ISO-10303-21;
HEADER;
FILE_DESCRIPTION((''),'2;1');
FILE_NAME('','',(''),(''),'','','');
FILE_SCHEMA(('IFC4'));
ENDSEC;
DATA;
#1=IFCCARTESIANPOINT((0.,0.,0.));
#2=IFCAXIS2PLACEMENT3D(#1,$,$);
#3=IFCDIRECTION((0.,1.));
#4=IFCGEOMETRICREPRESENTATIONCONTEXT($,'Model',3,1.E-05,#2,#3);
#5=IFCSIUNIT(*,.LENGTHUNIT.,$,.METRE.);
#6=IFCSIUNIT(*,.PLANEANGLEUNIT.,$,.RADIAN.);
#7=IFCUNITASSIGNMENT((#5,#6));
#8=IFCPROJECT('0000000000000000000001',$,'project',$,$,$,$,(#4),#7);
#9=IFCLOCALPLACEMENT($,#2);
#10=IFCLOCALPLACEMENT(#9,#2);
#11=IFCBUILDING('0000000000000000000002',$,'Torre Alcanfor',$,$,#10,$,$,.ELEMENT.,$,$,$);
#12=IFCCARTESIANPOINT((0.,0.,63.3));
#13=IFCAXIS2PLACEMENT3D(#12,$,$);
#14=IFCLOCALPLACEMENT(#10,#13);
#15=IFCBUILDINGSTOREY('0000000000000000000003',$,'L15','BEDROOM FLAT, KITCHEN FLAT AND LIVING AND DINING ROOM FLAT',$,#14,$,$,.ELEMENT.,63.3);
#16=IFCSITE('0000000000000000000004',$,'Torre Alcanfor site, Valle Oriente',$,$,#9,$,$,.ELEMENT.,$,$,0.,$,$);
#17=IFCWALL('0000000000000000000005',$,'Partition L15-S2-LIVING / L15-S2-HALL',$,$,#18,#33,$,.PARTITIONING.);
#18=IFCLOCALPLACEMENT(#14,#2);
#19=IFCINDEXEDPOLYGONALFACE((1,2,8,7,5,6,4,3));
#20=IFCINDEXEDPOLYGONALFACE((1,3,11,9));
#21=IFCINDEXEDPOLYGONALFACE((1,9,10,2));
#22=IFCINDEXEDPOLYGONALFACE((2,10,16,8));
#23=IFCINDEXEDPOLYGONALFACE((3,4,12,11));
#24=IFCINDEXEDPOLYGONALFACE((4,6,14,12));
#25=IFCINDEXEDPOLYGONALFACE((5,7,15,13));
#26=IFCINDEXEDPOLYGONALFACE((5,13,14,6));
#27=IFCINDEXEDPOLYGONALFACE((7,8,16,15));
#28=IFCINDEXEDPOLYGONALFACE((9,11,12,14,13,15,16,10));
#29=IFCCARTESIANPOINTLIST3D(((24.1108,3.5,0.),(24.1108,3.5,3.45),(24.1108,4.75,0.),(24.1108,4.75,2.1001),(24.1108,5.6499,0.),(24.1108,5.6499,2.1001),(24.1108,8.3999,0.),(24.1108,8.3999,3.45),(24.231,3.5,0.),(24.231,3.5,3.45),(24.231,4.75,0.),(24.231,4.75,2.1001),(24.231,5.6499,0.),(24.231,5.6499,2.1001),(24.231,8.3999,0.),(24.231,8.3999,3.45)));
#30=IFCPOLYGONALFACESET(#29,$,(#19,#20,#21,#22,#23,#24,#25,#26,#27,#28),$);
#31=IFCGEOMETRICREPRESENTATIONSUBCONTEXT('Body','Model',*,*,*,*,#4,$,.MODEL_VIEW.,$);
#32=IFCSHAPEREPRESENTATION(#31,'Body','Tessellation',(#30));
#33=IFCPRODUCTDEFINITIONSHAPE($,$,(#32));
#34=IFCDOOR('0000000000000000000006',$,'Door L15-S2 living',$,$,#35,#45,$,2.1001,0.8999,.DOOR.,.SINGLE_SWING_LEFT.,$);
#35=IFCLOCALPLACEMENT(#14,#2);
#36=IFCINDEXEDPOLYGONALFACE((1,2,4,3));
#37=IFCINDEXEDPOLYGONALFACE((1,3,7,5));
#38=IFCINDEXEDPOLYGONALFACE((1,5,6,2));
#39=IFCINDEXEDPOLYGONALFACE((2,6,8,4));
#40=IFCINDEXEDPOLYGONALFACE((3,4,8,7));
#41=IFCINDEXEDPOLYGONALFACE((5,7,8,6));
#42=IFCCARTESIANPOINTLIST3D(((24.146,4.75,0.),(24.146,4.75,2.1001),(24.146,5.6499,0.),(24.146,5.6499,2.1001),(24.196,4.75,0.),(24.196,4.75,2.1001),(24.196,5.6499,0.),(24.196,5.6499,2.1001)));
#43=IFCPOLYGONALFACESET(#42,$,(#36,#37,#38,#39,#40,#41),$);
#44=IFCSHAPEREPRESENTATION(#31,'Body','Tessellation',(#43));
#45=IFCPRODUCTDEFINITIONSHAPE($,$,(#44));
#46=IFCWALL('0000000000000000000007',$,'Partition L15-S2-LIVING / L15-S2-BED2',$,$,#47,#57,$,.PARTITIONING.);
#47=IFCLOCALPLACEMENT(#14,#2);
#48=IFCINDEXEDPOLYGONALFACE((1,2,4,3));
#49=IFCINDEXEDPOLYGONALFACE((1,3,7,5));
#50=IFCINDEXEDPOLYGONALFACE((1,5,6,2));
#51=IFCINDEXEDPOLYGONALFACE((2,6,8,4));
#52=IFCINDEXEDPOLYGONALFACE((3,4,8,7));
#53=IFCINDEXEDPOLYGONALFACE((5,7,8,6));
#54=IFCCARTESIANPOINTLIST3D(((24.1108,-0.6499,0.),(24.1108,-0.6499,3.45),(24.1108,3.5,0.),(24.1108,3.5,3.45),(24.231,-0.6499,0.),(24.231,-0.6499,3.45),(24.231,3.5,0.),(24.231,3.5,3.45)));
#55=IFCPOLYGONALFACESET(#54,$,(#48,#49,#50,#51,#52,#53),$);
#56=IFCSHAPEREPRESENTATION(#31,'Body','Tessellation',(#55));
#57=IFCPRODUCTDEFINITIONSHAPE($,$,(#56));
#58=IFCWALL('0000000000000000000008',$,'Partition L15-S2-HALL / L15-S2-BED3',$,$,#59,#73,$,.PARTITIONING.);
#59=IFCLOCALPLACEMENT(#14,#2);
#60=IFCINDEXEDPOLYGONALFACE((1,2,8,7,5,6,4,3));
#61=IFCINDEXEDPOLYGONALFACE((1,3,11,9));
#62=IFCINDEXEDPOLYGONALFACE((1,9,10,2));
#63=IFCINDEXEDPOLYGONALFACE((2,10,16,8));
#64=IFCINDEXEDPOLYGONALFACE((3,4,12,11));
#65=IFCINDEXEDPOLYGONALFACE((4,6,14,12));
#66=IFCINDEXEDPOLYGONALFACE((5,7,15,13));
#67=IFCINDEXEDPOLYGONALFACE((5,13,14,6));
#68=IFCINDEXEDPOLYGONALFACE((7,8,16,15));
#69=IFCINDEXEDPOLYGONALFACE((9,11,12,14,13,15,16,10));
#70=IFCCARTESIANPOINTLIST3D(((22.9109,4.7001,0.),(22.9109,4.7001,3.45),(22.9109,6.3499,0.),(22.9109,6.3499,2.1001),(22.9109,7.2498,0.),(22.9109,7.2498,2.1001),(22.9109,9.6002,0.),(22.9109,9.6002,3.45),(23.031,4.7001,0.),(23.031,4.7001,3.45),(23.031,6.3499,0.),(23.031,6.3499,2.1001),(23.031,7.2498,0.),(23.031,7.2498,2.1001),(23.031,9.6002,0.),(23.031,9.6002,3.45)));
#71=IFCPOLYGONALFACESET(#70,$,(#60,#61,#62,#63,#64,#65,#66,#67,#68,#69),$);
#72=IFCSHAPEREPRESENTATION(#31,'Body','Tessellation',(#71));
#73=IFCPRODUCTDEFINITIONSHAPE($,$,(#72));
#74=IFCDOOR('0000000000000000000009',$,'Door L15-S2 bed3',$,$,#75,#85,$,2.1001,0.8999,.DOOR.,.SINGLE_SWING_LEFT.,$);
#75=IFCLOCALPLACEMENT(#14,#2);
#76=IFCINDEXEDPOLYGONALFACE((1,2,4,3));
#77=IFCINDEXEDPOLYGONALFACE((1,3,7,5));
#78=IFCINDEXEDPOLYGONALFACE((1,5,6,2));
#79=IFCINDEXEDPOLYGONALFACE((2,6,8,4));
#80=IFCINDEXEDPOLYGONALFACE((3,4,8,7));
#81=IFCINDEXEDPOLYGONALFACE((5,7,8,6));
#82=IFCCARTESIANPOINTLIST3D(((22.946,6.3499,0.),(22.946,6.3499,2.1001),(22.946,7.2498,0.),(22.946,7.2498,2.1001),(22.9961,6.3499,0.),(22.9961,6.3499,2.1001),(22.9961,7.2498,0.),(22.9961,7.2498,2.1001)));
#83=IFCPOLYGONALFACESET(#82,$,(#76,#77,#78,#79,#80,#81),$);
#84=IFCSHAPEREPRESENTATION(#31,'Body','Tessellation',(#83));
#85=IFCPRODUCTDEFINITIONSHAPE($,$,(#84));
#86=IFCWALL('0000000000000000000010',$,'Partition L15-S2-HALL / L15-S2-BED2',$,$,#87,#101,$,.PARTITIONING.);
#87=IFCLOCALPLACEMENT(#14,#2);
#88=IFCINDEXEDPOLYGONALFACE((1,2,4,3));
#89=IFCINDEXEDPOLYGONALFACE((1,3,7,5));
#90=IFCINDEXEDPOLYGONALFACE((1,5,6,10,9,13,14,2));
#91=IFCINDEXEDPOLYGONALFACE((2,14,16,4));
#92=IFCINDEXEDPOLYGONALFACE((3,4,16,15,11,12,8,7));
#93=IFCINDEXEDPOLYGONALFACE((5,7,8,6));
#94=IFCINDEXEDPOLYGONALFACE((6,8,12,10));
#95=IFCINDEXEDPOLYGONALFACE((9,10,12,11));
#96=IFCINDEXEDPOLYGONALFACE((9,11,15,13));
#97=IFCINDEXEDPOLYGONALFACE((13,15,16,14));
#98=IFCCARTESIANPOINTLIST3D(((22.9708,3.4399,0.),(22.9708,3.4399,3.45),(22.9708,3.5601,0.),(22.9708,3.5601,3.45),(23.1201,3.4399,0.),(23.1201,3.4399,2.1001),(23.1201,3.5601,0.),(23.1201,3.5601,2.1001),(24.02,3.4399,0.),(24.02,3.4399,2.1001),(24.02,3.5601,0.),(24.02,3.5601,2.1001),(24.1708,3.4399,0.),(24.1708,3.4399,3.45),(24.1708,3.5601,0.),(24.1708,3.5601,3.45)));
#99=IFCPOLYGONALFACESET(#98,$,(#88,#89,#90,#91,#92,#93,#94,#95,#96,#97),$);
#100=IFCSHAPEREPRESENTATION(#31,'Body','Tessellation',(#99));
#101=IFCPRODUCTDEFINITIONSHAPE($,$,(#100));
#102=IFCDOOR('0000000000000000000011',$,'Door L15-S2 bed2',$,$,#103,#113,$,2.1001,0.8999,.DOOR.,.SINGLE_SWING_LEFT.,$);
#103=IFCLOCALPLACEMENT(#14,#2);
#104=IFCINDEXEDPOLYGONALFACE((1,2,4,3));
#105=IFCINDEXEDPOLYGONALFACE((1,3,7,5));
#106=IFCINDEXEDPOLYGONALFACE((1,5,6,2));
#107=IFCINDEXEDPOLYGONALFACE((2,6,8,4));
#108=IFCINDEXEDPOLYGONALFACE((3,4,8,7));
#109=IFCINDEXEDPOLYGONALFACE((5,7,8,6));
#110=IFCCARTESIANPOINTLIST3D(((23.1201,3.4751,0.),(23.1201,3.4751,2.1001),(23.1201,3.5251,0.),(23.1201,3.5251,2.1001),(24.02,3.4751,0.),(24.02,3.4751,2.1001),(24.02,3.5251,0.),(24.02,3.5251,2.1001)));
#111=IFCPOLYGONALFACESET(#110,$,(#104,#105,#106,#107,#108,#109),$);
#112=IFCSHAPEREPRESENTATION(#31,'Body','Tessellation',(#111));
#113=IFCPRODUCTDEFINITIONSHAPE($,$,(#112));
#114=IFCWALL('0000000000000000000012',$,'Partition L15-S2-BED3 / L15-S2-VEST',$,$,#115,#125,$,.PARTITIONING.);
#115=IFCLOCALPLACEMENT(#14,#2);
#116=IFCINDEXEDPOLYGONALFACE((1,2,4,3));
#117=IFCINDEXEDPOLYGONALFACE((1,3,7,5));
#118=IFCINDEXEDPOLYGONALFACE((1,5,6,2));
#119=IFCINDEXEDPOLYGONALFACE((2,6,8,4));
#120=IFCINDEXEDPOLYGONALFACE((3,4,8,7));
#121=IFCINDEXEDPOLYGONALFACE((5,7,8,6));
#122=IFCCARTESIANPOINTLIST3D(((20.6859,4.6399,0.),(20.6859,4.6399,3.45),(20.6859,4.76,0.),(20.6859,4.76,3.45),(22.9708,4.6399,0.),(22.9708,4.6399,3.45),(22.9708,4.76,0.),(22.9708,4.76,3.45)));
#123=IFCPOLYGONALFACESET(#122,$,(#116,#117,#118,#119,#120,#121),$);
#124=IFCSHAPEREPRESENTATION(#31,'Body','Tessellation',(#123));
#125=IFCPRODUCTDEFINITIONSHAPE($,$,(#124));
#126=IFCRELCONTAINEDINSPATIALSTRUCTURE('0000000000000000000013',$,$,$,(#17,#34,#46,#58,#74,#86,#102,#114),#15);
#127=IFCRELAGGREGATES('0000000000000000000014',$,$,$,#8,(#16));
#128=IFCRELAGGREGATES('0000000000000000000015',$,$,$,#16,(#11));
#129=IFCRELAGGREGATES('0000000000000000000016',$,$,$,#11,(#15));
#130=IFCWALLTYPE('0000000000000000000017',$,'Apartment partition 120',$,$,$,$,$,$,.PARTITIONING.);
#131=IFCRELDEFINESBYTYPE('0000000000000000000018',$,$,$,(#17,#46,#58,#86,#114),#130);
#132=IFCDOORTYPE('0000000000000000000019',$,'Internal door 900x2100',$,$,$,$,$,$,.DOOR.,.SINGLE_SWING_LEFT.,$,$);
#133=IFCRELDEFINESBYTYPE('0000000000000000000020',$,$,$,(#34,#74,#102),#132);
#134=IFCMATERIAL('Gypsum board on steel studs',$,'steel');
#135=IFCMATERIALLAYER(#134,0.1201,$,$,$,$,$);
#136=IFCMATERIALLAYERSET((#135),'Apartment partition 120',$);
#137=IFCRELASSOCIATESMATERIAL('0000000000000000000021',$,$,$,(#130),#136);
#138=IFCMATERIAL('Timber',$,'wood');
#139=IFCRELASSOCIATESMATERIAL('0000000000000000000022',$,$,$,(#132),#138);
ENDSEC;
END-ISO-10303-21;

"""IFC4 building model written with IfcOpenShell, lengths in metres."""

from ifc_helpers import new_model, si_unit, direction, frame, frame_2d, origin, place, context, subcontext, project, spatial, rectangle, extrude, material, layer, layer_set, type_object, element, fill, save


model = new_model("IFC4")

# Units and contexts
model_context = context("Model", 3, precision=1e-05, world=origin(), true_north=direction((0.0, 1.0)))
body_context = subcontext(model_context, "Body", "Model", "MODEL_VIEW")
ifc_project = project(units=[si_unit("LENGTHUNIT", "METRE"), si_unit("PLANEANGLEUNIT", "RADIAN")], contexts=[model_context])

# Site, building, storey
site_placement = place(None, origin())
site = spatial("IfcSite", under=ifc_project, at=site_placement, Name="Torre Alcanfor site, Valle Oriente", CompositionType="ELEMENT", RefElevation=0.0)
building_placement = place(site_placement, origin())
building = spatial("IfcBuilding", under=site, at=building_placement, Name="Torre Alcanfor", CompositionType="ELEMENT")
storey_placement = place(building_placement, frame((0.0, 0.0, 63.3)))
storey = spatial("IfcBuildingStorey", under=building, at=storey_placement, Name="L15", Description="BEDROOM FLAT, KITCHEN FLAT AND LIVING AND DINING ROOM FLAT", CompositionType="ELEMENT", Elevation=63.3)

# Shared definitions
ifc_material_1 = material(Name="Gypsum board on steel studs", Category="steel")
ifc_layer_1 = layer(ifc_material_1, 0.1201)
ifc_layer_set_1 = layer_set([ifc_layer_1], Name="Apartment partition 120")
wall_type = type_object("IfcWallType", Name="Apartment partition 120", PredefinedType="PARTITIONING", material=ifc_layer_set_1)

# Wall, opening, door
wall_1_placement = place(storey_placement, frame((24.1709, 3.5, 0.0), z_axis=(0.0, 0.0, 1.0), x_axis=(0.0, 1.0, 0.0)))
wall_1 = element("IfcWall", 1, at=wall_1_placement, inside=storey, type_object=wall_type, Name="Partition L15-S2-LIVING / L15-S2-HALL", PredefinedType="PARTITIONING", context=body_context, shape_type="SweptSolid", body=[
    extrude(rectangle(XDim=4.8999, YDim=0.1201, at=frame_2d((2.45, 0.0))), origin(), (0.0, 0.0, 1.0), 3.45),
])
opening_1_placement = place(wall_1_placement, frame((1.25, 0.0, 0.0)))
opening_1 = element("IfcOpeningElement", 2, at=opening_1_placement, cuts=wall_1, PredefinedType="OPENING", context=body_context, shape_type="SweptSolid", body=[
    extrude(rectangle(XDim=0.8999, YDim=2.1001, at=frame_2d((0.45, 1.05))), frame((0.0, 0.0701, 0.0), z_axis=(0.0, -1.0, 0.0), x_axis=(1.0, 0.0, 0.0)), (0.0, 0.0, 1.0), 0.1401),
])
ifc_material_2 = material(Name="Timber", Category="wood")
door_type = type_object("IfcDoorType", Name="Internal door 900x2100", OperationType="SINGLE_SWING_LEFT", PredefinedType="DOOR", material=ifc_material_2)
door_1_placement = place(opening_1_placement, frame((0.8999, 0.0, 0.0), z_axis=(0.0, 0.0, 1.0), x_axis=(-1.0, 0.0, 0.0)))
door_1 = element("IfcDoor", 3, at=door_1_placement, inside=storey, type_object=door_type, Name="Door L15-S2 living", OperationType="SINGLE_SWING_LEFT", OverallHeight=2.1001, OverallWidth=0.8999, PredefinedType="DOOR", context=body_context, shape_type="SweptSolid", body=[
    extrude(rectangle(XDim=0.8999, YDim=2.1001, at=frame_2d((0.45, 1.05))), frame((0.0, 0.0251, 0.0), z_axis=(0.0, -1.0, 0.0), x_axis=(1.0, 0.0, 0.0)), (0.0, 0.0, 1.0), 0.05),
])
fill(opening_1, door_1)

# Wall
wall_2_placement = place(storey_placement, frame((24.1709, -0.6499, 0.0), z_axis=(0.0, 0.0, 1.0), x_axis=(0.0, 1.0, 0.0)))
element("IfcWall", 4, at=wall_2_placement, inside=storey, type_object=wall_type, Name="Partition L15-S2-LIVING / L15-S2-BED2", PredefinedType="PARTITIONING", context=body_context, shape_type="SweptSolid", body=[
    extrude(rectangle(XDim=4.1499, YDim=0.1201, at=frame_2d((2.075, 0.0))), origin(), (0.0, 0.0, 1.0), 3.45),
])

# Walls, openings, doors
wall_3_placement = place(storey_placement, frame((22.9709, 4.7, 0.0), z_axis=(0.0, 0.0, 1.0), x_axis=(0.0, 1.0, 0.0)))
wall_3 = element("IfcWall", 5, at=wall_3_placement, inside=storey, type_object=wall_type, Name="Partition L15-S2-HALL / L15-S2-BED3", PredefinedType="PARTITIONING", context=body_context, shape_type="SweptSolid", body=[
    extrude(rectangle(XDim=4.9001, YDim=0.1201, at=frame_2d((2.4502, 0.0))), origin(), (0.0, 0.0, 1.0), 3.45),
])
opening_2_placement = place(wall_3_placement, frame((1.6499, 0.0, 0.0)))
opening_2 = element("IfcOpeningElement", 6, at=opening_2_placement, cuts=wall_3, PredefinedType="OPENING", context=body_context, shape_type="SweptSolid", body=[
    extrude(rectangle(XDim=0.8999, YDim=2.1001, at=frame_2d((0.45, 1.05))), frame((0.0, 0.0701, 0.0), z_axis=(0.0, -1.0, 0.0), x_axis=(1.0, 0.0, 0.0)), (0.0, 0.0, 1.0), 0.1401),
])
door_2_placement = place(opening_2_placement, origin())
door_2 = element("IfcDoor", 7, at=door_2_placement, inside=storey, type_object=door_type, Name="Door L15-S2 bed3", OperationType="SINGLE_SWING_LEFT", OverallHeight=2.1001, OverallWidth=0.8999, PredefinedType="DOOR", context=body_context, shape_type="SweptSolid", body=[
    extrude(rectangle(XDim=0.8999, YDim=2.1001, at=frame_2d((0.45, 1.05))), frame((0.0, 0.0249, 0.0), z_axis=(0.0, -1.0, 0.0), x_axis=(1.0, 0.0, 0.0)), (0.0, 0.0, 1.0), 0.05),
])
fill(opening_2, door_2)
wall_4_placement = place(storey_placement, frame((24.1709, 3.5, 0.0), z_axis=(0.0, 0.0, 1.0), x_axis=(-1.0, 0.0, 0.0)))
wall_4 = element("IfcWall", 8, at=wall_4_placement, inside=storey, type_object=wall_type, Name="Partition L15-S2-HALL / L15-S2-BED2", PredefinedType="PARTITIONING", context=body_context, shape_type="SweptSolid", body=[
    extrude(rectangle(XDim=1.2, YDim=0.1201, at=frame_2d((0.6001, 0.0))), origin(), (0.0, 0.0, 1.0), 3.45),
])
opening_3_placement = place(wall_4_placement, frame((0.1509, 0.0, 0.0)))
opening_3 = element("IfcOpeningElement", 9, at=opening_3_placement, cuts=wall_4, PredefinedType="OPENING", context=body_context, shape_type="SweptSolid", body=[
    extrude(rectangle(XDim=0.8999, YDim=2.1001, at=frame_2d((0.45, 1.05))), frame((0.0, 0.0701, 0.0), z_axis=(0.0, -1.0, 0.0), x_axis=(1.0, 0.0, 0.0)), (0.0, 0.0, 1.0), 0.1401),
])
door_3_placement = place(opening_3_placement, origin())
door_3 = element("IfcDoor", 10, at=door_3_placement, inside=storey, type_object=door_type, Name="Door L15-S2 bed2", OperationType="SINGLE_SWING_LEFT", OverallHeight=2.1001, OverallWidth=0.8999, PredefinedType="DOOR", context=body_context, shape_type="SweptSolid", body=[
    extrude(rectangle(XDim=0.8999, YDim=2.1001, at=frame_2d((0.45, 1.05))), frame((0.0, 0.0249, 0.0), z_axis=(0.0, -1.0, 0.0), x_axis=(1.0, 0.0, 0.0)), (0.0, 0.0, 1.0), 0.05),
])
fill(opening_3, door_3)

# Wall
wall_5_placement = place(storey_placement, frame((22.9709, 4.7, 0.0), z_axis=(0.0, 0.0, 1.0), x_axis=(-1.0, 0.0, 0.0)))
element("IfcWall", 11, at=wall_5_placement, inside=storey, type_object=wall_type, Name="Partition L15-S2-BED3 / L15-S2-VEST", PredefinedType="PARTITIONING", context=body_context, shape_type="SweptSolid", body=[
    extrude(rectangle(XDim=2.2849, YDim=0.1201, at=frame_2d((1.1426, 0.0))), origin(), (0.0, 0.0, 1.0), 3.45),
])

save(model, "model.ifc")
